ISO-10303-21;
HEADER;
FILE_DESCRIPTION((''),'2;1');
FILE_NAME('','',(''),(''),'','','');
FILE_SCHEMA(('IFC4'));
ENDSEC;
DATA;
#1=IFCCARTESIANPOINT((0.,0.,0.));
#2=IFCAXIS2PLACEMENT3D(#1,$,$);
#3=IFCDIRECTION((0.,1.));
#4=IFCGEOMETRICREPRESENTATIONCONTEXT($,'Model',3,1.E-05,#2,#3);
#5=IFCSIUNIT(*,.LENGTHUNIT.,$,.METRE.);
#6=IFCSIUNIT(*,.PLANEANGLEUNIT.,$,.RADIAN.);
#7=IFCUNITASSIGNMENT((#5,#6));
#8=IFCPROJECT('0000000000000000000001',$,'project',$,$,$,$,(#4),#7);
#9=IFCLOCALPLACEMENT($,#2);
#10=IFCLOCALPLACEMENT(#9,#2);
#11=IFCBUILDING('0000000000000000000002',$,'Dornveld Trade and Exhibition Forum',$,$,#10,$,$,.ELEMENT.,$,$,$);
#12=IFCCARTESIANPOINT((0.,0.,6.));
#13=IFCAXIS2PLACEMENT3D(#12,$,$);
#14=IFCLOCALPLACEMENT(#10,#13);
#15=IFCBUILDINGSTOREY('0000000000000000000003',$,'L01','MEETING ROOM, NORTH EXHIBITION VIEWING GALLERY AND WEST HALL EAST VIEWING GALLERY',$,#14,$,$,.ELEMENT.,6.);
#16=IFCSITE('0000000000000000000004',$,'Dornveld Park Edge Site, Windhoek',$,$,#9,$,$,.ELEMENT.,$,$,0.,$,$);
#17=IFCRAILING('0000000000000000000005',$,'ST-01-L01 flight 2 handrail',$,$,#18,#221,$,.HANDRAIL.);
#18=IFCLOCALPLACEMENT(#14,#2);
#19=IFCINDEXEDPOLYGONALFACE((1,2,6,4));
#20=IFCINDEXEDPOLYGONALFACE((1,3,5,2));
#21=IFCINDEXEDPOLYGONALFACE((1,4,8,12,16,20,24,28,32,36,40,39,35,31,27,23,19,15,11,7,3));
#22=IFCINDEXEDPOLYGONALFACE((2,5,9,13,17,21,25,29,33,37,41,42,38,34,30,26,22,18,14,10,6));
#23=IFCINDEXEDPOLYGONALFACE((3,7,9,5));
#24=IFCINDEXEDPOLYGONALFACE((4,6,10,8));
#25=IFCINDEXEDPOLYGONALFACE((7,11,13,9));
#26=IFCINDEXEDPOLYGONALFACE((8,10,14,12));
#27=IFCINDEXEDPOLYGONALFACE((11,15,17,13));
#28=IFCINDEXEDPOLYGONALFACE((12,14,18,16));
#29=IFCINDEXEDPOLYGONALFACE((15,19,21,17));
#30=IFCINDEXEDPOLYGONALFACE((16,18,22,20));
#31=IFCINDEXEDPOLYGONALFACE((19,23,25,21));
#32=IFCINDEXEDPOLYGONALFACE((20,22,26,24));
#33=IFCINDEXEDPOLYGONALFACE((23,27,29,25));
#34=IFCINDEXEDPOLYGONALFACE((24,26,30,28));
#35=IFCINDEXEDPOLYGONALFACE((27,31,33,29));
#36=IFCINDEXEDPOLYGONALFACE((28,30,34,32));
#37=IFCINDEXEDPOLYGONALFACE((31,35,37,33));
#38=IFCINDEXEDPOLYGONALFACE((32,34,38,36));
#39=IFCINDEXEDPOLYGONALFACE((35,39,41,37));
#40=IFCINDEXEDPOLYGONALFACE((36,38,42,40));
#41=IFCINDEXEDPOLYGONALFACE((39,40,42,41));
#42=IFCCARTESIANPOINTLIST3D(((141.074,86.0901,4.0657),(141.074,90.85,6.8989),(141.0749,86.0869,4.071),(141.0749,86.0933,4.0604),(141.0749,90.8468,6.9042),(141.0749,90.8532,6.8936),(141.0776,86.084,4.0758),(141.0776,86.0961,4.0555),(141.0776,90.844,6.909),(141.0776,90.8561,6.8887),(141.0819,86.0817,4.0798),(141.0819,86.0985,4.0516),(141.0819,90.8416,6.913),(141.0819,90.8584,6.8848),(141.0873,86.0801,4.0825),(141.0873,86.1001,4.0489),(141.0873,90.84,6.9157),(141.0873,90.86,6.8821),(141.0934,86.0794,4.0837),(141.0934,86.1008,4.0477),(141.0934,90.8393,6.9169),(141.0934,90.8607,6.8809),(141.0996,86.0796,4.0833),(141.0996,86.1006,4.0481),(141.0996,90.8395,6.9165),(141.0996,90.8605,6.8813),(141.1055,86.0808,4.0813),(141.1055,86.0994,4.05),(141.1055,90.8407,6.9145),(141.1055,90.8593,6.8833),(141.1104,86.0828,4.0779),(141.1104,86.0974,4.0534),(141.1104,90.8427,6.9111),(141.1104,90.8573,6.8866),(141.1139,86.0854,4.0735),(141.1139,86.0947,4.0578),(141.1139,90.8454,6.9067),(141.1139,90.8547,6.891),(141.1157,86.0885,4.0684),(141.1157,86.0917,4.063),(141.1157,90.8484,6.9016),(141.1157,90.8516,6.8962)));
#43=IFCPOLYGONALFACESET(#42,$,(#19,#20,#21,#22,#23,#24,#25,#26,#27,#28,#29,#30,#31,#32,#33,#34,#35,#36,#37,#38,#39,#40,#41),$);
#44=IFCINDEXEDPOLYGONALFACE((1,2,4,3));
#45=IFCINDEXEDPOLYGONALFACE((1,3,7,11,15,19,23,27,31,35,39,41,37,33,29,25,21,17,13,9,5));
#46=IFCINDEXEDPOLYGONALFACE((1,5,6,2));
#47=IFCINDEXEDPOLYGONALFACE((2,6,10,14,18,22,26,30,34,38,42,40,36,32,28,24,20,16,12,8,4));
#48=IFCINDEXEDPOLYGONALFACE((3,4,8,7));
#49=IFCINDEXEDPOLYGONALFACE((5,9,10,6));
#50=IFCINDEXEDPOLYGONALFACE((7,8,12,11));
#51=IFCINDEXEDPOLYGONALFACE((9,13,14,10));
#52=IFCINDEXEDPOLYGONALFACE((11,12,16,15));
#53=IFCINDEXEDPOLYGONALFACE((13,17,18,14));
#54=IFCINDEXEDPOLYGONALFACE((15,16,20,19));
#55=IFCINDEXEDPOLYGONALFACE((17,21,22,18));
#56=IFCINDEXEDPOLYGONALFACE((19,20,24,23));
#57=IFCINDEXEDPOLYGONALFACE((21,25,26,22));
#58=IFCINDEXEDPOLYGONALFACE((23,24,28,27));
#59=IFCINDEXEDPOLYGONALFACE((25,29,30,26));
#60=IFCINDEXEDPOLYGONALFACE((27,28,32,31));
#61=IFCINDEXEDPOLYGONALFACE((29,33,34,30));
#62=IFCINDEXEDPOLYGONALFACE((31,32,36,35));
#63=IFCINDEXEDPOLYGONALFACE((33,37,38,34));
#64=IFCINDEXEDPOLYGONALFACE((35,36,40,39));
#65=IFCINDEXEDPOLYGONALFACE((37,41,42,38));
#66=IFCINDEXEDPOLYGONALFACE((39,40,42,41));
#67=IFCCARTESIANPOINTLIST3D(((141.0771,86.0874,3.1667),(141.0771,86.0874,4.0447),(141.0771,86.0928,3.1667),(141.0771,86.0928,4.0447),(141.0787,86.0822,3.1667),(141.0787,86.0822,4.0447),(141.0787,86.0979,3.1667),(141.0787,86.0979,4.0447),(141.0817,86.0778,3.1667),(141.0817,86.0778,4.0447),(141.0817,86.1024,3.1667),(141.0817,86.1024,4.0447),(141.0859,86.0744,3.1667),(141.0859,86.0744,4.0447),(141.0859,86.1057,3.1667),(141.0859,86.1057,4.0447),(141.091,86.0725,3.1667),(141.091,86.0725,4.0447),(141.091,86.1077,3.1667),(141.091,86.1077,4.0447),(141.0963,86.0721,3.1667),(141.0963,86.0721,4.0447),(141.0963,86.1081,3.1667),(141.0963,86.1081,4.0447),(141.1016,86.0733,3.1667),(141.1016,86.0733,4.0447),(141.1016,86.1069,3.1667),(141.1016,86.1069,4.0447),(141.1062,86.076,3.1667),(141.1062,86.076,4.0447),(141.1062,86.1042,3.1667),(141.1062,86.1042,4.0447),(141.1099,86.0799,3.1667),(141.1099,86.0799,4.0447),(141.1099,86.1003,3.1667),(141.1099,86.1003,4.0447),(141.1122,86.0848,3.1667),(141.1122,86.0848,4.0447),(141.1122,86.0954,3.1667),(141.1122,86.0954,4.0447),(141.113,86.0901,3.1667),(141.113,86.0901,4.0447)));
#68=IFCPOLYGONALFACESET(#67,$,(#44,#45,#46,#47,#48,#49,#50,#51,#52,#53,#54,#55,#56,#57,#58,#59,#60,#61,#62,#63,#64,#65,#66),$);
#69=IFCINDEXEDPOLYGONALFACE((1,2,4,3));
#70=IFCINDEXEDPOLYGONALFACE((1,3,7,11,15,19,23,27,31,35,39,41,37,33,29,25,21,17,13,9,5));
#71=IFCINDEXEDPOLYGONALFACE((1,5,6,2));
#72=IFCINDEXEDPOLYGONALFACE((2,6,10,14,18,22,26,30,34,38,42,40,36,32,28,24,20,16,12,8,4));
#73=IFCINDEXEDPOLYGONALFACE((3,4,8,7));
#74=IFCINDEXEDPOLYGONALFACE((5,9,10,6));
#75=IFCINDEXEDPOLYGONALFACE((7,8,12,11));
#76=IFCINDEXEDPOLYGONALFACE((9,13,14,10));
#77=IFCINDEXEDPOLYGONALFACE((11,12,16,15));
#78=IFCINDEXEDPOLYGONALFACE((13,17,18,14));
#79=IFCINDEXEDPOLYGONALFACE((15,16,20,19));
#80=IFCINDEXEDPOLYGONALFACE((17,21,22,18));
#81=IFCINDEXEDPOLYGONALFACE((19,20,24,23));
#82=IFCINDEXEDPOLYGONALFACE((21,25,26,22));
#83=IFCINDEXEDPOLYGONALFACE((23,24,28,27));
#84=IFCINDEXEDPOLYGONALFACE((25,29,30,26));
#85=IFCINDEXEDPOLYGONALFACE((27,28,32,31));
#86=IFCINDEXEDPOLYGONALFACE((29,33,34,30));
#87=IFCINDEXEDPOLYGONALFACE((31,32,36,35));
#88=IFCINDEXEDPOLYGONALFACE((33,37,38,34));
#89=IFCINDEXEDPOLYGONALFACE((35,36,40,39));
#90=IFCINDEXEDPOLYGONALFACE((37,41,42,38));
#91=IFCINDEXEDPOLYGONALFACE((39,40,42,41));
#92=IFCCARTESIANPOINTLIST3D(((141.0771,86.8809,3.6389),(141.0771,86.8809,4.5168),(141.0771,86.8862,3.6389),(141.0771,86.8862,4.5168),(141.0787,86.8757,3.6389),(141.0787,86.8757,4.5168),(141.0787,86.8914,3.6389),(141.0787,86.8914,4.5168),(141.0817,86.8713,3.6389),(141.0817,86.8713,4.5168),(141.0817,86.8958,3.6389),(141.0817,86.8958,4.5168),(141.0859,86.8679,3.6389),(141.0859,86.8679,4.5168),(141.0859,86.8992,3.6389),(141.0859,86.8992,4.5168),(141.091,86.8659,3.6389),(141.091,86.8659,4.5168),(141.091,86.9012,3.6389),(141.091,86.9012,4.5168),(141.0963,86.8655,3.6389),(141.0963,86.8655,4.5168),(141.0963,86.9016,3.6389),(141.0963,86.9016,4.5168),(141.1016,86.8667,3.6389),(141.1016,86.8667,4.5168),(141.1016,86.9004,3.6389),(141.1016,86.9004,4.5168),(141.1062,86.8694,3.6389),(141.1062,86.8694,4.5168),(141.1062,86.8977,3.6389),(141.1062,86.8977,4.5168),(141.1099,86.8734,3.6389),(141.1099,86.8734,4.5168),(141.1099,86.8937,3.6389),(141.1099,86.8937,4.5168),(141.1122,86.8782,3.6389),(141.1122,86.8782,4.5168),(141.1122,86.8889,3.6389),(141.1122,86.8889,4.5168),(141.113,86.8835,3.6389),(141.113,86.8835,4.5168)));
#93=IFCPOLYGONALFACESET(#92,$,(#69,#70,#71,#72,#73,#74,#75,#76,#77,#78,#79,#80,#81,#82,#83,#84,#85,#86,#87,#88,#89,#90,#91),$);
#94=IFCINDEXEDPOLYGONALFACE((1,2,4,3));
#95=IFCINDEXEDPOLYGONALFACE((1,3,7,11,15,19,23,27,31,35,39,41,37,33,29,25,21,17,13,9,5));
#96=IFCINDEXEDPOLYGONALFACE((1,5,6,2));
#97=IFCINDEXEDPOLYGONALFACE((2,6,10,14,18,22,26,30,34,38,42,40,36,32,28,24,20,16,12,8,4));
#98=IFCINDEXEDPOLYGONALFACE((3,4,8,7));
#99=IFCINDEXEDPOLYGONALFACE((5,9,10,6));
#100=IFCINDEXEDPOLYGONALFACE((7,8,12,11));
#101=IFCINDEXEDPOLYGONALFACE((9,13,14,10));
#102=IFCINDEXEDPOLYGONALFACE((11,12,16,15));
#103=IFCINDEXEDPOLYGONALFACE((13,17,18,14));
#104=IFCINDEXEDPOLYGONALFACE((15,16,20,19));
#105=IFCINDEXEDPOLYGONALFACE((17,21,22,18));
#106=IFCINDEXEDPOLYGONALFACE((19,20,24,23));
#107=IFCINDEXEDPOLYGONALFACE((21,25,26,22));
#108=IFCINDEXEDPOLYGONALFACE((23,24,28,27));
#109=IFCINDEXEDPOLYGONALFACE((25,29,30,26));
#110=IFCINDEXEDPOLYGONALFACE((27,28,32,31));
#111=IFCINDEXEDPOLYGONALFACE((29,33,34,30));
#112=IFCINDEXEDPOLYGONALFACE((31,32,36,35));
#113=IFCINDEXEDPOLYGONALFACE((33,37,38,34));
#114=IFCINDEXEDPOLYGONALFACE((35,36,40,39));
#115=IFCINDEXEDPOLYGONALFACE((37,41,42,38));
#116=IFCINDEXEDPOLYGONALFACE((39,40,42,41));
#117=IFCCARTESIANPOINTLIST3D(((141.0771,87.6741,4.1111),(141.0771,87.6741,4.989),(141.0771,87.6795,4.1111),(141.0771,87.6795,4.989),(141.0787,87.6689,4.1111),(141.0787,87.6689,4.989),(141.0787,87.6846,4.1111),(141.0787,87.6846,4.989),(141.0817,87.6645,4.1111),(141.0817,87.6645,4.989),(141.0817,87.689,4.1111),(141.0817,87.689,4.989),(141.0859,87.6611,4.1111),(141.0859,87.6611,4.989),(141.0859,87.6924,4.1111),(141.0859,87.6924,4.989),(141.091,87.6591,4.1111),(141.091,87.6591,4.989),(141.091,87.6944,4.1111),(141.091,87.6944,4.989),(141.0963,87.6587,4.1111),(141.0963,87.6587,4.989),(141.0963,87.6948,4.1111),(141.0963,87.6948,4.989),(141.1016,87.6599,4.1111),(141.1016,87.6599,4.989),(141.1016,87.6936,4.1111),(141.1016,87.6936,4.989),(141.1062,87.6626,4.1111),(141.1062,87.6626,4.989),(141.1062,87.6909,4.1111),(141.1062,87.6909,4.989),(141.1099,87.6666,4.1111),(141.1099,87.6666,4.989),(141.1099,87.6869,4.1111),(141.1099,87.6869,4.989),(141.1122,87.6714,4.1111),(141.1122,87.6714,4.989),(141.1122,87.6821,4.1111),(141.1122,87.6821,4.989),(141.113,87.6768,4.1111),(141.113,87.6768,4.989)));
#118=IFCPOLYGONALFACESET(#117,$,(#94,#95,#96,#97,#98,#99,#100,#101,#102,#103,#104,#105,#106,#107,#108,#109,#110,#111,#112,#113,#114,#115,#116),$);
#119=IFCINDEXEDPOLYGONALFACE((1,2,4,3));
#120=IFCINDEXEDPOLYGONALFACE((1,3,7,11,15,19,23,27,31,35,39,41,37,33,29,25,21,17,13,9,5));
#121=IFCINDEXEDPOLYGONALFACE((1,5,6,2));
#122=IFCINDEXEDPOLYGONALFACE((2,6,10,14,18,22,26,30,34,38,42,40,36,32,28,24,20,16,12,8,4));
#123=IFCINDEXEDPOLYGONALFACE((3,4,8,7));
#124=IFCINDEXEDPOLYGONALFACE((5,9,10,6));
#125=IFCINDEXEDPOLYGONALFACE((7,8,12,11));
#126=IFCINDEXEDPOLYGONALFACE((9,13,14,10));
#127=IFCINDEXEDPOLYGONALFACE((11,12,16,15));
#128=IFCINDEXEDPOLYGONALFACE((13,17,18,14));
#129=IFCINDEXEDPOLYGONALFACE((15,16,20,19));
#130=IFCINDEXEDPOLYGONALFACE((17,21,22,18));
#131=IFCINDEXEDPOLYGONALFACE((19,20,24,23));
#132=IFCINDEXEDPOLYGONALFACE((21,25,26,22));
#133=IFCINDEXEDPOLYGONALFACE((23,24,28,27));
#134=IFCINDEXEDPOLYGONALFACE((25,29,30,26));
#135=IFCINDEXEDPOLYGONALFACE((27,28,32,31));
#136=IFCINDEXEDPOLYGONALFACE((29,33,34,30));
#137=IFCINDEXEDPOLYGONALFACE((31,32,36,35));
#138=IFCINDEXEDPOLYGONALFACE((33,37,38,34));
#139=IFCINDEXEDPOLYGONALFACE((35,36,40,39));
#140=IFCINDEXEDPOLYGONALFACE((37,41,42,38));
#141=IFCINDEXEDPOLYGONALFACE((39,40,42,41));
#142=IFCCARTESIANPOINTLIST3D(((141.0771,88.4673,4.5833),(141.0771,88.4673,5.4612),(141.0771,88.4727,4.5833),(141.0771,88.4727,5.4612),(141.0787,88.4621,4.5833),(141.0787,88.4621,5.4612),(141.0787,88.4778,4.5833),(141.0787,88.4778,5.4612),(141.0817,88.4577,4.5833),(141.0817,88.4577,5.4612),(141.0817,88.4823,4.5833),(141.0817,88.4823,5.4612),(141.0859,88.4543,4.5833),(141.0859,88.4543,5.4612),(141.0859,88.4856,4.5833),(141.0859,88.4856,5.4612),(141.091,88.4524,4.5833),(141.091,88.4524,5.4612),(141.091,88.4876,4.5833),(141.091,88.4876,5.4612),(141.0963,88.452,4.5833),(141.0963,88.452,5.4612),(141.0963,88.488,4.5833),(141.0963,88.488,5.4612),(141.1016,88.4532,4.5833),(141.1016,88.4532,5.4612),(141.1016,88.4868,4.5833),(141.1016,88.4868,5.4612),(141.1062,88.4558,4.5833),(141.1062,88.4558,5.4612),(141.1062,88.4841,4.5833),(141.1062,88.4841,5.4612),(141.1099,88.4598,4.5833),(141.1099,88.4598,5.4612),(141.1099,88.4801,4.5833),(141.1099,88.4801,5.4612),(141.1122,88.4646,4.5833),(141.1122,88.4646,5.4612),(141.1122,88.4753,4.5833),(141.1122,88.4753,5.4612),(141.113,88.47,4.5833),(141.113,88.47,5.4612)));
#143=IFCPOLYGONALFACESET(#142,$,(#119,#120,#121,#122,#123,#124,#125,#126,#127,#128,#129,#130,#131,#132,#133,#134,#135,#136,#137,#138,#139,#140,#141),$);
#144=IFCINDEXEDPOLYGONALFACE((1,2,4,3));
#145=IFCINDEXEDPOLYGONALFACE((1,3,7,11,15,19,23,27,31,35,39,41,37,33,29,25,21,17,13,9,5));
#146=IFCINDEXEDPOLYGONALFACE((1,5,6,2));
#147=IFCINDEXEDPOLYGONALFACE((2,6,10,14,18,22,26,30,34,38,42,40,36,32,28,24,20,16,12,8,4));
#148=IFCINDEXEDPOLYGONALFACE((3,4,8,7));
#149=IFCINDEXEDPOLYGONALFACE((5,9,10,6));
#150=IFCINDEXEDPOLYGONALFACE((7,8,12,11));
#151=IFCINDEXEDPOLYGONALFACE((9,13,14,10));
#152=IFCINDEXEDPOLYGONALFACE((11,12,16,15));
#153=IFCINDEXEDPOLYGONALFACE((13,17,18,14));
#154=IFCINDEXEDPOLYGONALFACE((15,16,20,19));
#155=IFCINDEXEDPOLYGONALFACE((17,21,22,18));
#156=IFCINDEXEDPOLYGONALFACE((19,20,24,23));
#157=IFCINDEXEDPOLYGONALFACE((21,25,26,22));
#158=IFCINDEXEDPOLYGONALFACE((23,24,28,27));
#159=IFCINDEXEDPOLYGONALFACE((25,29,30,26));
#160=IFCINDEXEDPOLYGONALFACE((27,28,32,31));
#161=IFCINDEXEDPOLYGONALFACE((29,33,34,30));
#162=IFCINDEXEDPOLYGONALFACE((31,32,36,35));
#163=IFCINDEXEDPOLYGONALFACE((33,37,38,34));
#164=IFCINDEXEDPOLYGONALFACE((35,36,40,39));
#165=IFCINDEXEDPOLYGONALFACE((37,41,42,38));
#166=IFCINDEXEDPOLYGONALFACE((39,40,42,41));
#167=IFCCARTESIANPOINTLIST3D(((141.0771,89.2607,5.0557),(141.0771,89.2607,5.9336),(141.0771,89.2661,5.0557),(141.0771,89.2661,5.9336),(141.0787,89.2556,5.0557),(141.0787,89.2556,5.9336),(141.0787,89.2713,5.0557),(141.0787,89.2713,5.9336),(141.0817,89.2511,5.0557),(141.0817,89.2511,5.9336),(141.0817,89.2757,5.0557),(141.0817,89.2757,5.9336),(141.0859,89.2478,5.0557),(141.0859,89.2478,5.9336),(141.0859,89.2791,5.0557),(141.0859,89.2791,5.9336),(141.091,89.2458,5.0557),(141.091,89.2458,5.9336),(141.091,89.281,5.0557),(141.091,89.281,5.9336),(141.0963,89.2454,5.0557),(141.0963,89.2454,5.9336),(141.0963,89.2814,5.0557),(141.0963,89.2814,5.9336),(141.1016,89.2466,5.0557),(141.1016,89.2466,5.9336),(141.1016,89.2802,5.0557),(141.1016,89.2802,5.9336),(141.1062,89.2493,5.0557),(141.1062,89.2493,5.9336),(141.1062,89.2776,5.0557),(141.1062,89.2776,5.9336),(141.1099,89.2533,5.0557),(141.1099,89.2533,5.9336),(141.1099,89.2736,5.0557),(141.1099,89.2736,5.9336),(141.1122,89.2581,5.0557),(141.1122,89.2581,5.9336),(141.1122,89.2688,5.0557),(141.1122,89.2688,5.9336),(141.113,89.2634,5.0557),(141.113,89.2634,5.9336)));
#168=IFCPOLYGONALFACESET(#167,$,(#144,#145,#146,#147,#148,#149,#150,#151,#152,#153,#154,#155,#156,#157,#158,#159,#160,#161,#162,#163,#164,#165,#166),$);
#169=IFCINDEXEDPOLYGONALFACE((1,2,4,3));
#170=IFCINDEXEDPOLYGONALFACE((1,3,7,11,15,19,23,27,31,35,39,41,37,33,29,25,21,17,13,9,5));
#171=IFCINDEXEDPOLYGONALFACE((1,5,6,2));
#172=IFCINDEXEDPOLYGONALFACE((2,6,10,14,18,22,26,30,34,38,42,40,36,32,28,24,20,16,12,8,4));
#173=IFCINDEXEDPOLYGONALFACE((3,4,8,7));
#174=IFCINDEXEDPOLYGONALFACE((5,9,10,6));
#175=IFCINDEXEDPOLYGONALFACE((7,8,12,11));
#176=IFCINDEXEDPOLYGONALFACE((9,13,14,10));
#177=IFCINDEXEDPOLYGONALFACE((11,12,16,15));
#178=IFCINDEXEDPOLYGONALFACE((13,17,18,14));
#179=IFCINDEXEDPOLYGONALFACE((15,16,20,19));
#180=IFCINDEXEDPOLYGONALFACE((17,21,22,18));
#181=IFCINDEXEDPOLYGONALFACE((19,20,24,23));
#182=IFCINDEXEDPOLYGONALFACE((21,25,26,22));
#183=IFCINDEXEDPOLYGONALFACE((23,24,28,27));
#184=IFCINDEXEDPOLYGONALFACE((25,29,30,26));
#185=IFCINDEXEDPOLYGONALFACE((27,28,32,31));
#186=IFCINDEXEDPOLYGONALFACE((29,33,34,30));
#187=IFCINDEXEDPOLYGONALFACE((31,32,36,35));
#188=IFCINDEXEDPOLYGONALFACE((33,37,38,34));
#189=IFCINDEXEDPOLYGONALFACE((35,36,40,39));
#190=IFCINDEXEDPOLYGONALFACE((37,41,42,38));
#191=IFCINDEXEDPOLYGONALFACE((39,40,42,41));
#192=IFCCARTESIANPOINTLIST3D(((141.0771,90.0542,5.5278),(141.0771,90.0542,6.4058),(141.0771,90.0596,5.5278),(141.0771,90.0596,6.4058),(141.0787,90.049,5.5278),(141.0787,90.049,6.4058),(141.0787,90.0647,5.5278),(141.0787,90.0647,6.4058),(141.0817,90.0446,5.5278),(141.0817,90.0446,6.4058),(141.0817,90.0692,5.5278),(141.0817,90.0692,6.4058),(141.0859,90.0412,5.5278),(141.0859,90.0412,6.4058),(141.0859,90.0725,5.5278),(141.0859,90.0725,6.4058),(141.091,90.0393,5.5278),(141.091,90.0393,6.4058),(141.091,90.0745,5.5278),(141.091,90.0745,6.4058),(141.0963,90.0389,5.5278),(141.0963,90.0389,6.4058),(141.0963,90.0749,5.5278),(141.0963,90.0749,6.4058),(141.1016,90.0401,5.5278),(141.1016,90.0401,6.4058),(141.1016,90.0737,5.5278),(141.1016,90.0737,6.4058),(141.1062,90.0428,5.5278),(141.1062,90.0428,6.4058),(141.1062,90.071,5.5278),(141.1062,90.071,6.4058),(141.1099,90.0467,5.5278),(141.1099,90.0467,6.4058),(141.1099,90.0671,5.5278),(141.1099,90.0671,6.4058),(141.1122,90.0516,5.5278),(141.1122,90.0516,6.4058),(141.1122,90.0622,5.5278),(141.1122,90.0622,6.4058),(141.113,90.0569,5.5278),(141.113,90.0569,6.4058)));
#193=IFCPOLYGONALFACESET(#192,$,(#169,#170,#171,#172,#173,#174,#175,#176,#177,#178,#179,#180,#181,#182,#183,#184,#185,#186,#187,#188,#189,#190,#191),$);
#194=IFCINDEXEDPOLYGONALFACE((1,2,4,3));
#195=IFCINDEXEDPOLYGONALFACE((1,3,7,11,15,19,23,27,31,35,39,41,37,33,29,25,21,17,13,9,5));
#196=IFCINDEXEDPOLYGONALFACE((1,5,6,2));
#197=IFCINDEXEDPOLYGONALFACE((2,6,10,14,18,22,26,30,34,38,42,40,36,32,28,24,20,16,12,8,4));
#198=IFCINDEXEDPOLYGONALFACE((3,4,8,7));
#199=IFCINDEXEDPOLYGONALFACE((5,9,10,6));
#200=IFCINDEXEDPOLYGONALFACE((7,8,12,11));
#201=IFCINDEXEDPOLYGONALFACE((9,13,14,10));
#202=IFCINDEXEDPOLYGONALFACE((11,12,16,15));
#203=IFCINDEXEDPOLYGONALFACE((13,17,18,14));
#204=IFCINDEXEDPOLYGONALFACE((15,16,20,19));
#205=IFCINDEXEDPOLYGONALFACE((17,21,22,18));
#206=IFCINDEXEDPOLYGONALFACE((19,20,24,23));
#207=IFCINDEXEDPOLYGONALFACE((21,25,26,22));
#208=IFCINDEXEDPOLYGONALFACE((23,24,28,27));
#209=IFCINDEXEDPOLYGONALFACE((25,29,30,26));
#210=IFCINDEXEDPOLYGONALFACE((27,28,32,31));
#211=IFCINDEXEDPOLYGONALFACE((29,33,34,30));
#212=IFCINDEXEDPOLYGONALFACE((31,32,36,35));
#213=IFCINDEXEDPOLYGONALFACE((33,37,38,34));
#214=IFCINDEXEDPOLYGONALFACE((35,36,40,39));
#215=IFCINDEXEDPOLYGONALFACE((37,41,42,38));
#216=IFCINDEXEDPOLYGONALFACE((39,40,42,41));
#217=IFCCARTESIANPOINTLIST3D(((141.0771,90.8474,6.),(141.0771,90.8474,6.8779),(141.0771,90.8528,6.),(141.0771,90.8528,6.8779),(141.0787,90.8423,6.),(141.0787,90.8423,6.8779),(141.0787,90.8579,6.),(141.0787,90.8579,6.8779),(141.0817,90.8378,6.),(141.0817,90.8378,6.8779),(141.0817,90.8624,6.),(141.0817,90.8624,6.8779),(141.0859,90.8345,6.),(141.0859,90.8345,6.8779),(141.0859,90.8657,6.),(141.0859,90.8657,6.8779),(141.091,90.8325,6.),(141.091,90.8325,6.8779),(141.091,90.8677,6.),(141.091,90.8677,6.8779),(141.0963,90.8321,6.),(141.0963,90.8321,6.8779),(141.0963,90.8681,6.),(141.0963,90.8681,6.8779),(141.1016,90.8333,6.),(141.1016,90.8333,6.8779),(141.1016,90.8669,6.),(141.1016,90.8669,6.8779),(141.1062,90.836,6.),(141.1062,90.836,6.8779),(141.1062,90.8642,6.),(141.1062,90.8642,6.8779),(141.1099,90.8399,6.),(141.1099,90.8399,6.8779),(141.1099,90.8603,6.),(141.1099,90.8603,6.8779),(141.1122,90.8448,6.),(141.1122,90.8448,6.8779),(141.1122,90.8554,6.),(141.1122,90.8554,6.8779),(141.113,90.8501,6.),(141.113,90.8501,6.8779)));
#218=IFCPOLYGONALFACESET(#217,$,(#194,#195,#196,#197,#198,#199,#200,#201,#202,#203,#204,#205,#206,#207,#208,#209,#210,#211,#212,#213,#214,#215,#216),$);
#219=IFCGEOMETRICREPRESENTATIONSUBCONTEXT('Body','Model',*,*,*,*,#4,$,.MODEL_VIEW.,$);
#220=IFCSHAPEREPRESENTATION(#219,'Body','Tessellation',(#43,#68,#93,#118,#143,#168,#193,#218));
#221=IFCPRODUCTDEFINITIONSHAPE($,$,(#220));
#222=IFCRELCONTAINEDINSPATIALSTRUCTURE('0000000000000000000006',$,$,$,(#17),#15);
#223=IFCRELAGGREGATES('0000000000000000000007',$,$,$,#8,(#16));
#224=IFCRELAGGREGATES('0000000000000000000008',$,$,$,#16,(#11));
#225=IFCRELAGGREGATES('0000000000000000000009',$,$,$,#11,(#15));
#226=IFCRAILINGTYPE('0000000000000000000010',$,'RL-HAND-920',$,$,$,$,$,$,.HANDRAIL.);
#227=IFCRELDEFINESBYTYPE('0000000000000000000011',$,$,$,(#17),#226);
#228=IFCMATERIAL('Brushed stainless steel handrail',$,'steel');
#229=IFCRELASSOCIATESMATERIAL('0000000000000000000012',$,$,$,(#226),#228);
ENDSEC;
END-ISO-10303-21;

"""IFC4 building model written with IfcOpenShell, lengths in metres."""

from ifc_helpers import new_model, si_unit, direction, frame, origin, origin_2d, place, context, subcontext, project, spatial, circle, extrude, material, type_object, element, save


model = new_model("IFC4")

# Units and contexts
model_context = context("Model", 3, precision=1e-05, world=origin(), true_north=direction((0.0, 1.0)))
body_context = subcontext(model_context, "Body", "Model", "MODEL_VIEW")
ifc_project = project(units=[si_unit("LENGTHUNIT", "METRE"), si_unit("PLANEANGLEUNIT", "RADIAN")], contexts=[model_context])

# Site, building, storey
site_placement = place(None, origin())
site = spatial("IfcSite", under=ifc_project, at=site_placement, Name="Dornveld Park Edge Site, Windhoek", CompositionType="ELEMENT", RefElevation=0.0)
building_placement = place(site_placement, origin())
building = spatial("IfcBuilding", under=site, at=building_placement, Name="Dornveld Trade and Exhibition Forum", CompositionType="ELEMENT")
storey_placement = place(building_placement, frame((0.0, 0.0, 6.0)))
storey = spatial("IfcBuildingStorey", under=building, at=storey_placement, Name="L01", Description="MEETING ROOM, NORTH EXHIBITION VIEWING GALLERY AND WEST HALL EAST VIEWING GALLERY", CompositionType="ELEMENT", Elevation=6.0)

# Railing
ifc_material_1 = material(Name="Brushed stainless steel handrail", Category="steel")
railing_type_1 = type_object("IfcRailingType", Name="RL-HAND-920", PredefinedType="HANDRAIL", material=ifc_material_1)
railing_1_placement = place(storey_placement, frame((141.095, 86.0901, 3.1667)))
element("IfcRailing", 1, at=railing_1_placement, inside=storey, type_object=railing_type_1, Name="ST-01-L01 flight 2 handrail", PredefinedType="HANDRAIL", context=body_context, shape_type="SweptSolid", body=[
    extrude(circle(Radius=0.021, at=origin_2d()), frame((0.0, 0.0, 0.8989), z_axis=(0.0, 0.8593, 0.511472), x_axis=(-1.0, 0.0, 0.0)), (0.0, 0.0, 1.0), 5.5393),
    extrude(circle(Radius=0.0181, at=origin_2d()), origin(), (0.0, 0.0, 1.0), 0.8779),
    extrude(circle(Radius=0.0181, at=origin_2d()), frame((0.0, 0.7935, 0.4722)), (0.0, 0.0, 1.0), 0.8779),
    extrude(circle(Radius=0.0181, at=origin_2d()), frame((0.0, 1.5867, 0.9443)), (0.0, 0.0, 1.0), 0.8779),
    extrude(circle(Radius=0.0181, at=origin_2d()), frame((0.0, 2.3799, 1.4165)), (0.0, 0.0, 1.0), 0.8779),
    extrude(circle(Radius=0.0181, at=origin_2d()), frame((0.0, 3.1733, 1.8889)), (0.0, 0.0, 1.0), 0.8779),
    extrude(circle(Radius=0.0181, at=origin_2d()), frame((0.0, 3.9668, 2.3611)), (0.0, 0.0, 1.0), 0.8779),
    extrude(circle(Radius=0.0181, at=origin_2d()), frame((0.0, 4.76, 2.8333)), (0.0, 0.0, 1.0), 0.8779),
])

save(model, "model.ifc")
